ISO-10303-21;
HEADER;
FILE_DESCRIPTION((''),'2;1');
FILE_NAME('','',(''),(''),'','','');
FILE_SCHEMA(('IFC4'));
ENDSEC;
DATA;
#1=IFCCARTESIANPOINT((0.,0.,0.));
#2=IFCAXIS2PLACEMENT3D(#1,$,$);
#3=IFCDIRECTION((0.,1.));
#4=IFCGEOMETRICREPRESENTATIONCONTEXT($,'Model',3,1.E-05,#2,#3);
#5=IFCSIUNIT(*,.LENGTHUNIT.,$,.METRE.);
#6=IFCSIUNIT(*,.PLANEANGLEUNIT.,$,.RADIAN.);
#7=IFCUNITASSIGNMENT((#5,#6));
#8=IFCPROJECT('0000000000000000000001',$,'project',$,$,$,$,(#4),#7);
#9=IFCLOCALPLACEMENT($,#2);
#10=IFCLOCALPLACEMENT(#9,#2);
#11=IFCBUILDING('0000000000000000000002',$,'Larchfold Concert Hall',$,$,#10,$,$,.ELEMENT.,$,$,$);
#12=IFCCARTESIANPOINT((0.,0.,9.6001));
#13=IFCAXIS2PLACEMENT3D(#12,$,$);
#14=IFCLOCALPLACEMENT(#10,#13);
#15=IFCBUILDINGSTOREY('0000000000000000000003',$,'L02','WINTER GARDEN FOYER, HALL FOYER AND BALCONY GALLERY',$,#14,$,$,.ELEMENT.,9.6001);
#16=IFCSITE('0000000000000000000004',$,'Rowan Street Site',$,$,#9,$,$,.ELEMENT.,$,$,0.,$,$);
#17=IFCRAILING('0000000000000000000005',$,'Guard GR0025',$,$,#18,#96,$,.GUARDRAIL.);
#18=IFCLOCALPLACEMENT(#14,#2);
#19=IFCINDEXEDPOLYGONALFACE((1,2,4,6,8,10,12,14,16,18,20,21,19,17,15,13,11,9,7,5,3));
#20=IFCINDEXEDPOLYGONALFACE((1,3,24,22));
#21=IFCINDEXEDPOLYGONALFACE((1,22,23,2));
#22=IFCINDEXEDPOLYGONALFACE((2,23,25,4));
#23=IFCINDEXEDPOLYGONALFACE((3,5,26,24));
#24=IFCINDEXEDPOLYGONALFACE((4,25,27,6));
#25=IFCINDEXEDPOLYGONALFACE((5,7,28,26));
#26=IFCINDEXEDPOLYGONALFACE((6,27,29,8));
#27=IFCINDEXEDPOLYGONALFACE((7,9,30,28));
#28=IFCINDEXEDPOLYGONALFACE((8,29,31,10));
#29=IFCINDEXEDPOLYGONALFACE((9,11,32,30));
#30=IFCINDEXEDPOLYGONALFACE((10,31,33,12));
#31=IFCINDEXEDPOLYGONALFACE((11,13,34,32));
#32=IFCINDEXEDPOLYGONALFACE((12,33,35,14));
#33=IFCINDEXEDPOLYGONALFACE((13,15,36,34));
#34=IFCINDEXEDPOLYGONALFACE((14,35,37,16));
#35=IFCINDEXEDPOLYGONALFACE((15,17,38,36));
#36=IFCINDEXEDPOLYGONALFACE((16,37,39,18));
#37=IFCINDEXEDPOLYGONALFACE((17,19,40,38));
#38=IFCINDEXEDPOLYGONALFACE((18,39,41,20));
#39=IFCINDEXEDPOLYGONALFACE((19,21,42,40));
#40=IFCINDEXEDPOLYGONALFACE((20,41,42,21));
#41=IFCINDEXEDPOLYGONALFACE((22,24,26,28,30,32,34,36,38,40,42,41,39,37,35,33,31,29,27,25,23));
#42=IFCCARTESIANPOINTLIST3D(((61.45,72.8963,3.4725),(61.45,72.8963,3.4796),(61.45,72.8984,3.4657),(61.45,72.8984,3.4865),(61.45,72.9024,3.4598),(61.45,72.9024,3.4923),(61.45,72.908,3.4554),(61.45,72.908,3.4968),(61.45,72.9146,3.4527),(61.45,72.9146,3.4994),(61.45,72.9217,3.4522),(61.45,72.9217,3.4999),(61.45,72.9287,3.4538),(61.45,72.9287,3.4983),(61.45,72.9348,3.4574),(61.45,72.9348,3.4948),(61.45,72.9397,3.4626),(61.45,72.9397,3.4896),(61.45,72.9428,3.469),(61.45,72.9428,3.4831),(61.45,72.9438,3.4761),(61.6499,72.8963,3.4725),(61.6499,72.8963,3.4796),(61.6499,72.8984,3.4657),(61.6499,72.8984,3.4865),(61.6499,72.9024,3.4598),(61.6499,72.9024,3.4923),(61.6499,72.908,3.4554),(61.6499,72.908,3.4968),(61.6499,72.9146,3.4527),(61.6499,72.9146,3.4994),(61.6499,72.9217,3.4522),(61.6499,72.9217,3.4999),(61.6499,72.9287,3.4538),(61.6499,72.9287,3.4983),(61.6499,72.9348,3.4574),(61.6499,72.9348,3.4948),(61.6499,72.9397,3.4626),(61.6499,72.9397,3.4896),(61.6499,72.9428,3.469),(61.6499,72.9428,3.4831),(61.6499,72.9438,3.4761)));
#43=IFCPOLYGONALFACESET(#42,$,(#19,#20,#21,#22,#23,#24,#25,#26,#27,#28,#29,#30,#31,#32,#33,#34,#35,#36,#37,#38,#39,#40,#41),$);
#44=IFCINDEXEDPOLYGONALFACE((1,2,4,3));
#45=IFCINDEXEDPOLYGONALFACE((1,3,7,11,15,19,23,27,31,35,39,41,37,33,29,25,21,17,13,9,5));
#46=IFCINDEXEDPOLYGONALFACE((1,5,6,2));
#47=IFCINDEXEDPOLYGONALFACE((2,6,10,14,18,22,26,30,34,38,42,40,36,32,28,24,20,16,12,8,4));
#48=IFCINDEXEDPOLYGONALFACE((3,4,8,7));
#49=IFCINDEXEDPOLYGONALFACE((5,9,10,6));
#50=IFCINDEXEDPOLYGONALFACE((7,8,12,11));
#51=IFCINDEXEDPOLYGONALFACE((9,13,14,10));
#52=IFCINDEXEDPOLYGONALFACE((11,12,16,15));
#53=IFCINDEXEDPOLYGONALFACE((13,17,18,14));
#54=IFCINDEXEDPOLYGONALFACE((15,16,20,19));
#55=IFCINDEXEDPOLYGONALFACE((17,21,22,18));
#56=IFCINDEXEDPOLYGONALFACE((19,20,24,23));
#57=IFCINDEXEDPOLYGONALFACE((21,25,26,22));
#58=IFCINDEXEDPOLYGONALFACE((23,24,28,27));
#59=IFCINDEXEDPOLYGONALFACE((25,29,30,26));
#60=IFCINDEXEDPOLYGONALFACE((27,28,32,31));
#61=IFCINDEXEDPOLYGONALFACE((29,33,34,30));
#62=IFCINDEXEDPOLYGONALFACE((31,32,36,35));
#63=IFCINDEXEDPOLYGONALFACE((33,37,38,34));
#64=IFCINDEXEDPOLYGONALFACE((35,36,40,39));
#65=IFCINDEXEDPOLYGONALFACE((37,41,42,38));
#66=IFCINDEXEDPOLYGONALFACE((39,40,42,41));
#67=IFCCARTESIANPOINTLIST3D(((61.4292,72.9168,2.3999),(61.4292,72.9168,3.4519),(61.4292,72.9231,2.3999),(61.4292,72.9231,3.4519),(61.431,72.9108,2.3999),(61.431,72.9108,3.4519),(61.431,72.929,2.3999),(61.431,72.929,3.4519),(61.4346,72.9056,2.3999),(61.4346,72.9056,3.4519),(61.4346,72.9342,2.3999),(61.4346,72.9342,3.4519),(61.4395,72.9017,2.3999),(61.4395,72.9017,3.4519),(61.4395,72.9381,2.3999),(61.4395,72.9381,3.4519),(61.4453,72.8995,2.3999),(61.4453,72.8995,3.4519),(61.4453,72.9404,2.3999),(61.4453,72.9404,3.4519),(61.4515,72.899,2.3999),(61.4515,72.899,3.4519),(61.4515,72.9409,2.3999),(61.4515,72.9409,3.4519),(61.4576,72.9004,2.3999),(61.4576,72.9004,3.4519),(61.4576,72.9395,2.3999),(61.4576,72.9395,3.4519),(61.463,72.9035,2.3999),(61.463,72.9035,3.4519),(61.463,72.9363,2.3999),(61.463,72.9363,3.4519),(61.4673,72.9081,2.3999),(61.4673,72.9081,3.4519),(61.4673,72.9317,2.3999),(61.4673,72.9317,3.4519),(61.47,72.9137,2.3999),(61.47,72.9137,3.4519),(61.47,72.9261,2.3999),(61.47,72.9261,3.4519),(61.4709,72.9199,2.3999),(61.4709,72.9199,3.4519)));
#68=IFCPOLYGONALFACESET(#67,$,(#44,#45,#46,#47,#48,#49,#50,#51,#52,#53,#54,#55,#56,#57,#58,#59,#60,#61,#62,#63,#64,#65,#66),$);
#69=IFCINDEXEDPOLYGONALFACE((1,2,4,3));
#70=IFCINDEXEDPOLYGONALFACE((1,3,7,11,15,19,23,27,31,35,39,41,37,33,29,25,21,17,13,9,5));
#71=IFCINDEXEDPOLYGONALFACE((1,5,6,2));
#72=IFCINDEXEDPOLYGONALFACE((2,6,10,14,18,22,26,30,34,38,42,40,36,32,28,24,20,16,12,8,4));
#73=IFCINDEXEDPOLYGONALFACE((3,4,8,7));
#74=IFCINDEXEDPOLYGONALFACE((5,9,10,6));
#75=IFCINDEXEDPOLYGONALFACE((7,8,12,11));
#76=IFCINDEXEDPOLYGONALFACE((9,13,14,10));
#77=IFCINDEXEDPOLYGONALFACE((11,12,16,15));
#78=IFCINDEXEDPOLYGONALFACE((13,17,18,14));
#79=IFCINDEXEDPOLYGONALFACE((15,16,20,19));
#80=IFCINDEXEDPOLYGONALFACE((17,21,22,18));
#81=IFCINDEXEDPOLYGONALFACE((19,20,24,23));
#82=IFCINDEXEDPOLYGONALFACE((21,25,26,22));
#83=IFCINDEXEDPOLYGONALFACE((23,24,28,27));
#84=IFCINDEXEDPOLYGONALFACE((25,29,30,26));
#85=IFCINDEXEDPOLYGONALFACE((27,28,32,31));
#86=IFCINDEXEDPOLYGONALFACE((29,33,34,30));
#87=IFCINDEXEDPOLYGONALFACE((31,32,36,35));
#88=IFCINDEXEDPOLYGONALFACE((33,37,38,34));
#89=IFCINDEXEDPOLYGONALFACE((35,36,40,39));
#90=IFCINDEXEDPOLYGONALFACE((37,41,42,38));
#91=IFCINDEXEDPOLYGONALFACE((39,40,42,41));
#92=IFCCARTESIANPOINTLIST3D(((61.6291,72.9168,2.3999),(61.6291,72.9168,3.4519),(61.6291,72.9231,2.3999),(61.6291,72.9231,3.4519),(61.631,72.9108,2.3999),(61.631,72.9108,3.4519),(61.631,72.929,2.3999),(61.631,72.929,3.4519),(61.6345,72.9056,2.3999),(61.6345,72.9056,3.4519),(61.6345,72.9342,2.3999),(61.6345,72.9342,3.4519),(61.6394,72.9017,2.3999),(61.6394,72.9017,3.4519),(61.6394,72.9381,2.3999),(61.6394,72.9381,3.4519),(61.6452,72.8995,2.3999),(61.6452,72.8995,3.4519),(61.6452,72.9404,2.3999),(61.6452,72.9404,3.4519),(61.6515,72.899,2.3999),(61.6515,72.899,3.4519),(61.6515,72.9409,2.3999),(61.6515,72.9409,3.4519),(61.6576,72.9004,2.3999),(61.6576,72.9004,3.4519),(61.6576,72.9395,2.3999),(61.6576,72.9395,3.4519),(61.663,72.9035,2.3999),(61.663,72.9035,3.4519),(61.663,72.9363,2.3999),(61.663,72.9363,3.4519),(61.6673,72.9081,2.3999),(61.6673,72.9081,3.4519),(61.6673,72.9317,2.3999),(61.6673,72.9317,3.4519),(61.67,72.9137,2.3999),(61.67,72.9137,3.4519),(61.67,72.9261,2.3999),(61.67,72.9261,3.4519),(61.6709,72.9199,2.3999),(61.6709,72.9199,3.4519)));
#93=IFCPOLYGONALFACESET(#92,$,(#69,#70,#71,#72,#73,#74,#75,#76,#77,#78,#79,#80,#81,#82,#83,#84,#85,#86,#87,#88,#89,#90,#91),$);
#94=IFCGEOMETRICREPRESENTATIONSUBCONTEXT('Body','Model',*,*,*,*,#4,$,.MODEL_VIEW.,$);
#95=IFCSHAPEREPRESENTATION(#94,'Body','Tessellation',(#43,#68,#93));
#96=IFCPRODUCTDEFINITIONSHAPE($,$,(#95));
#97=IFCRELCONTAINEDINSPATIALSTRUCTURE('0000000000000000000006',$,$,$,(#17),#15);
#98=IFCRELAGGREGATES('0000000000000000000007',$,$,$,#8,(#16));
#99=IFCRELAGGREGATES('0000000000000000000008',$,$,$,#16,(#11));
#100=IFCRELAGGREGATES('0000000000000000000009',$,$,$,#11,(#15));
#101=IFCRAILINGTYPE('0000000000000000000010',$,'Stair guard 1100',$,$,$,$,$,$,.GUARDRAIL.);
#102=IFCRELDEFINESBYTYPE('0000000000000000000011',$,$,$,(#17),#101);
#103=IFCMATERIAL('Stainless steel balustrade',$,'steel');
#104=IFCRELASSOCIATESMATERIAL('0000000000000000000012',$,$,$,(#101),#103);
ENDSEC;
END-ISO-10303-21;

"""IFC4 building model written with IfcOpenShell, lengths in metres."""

from ifc_helpers import new_model, si_unit, direction, frame, origin, origin_2d, place, context, subcontext, project, spatial, circle, extrude, material, type_object, element, save


model = new_model("IFC4")

# Units and contexts
model_context = context("Model", 3, precision=1e-05, world=origin(), true_north=direction((0.0, 1.0)))
body_context = subcontext(model_context, "Body", "Model", "MODEL_VIEW")
ifc_project = project(units=[si_unit("LENGTHUNIT", "METRE"), si_unit("PLANEANGLEUNIT", "RADIAN")], contexts=[model_context])

# Site, building, storey
site_placement = place(None, origin())
site = spatial("IfcSite", under=ifc_project, at=site_placement, Name="Rowan Street Site", CompositionType="ELEMENT", RefElevation=0.0)
building_placement = place(site_placement, origin())
building = spatial("IfcBuilding", under=site, at=building_placement, Name="Larchfold Concert Hall", CompositionType="ELEMENT")
storey_placement = place(building_placement, frame((0.0, 0.0, 9.6001)))
storey = spatial("IfcBuildingStorey", under=building, at=storey_placement, Name="L02", Description="WINTER GARDEN FOYER, HALL FOYER AND BALCONY GALLERY", CompositionType="ELEMENT", Elevation=9.6001)

# Railing
ifc_material_1 = material(Name="Stainless steel balustrade", Category="steel")
railing_type_1 = type_object("IfcRailingType", Name="Stair guard 1100", PredefinedType="GUARDRAIL", material=ifc_material_1)
railing_1_placement = place(storey_placement, frame((61.45, 72.9199, 2.3999)))
element("IfcRailing", 1, at=railing_1_placement, inside=storey, type_object=railing_type_1, Name="Guard GR0025", PredefinedType="GUARDRAIL", context=body_context, shape_type="SweptSolid", body=[
    extrude(circle(Radius=0.0239, at=origin_2d()), frame((0.0, 0.0, 1.0762), z_axis=(1.0, 0.0, 0.0), x_axis=(0.0, 1.0, 0.0)), (0.0, 0.0, 1.0), 0.2),
    extrude(circle(Radius=0.021, at=origin_2d()), origin(), (0.0, 0.0, 1.0), 1.052),
    extrude(circle(Radius=0.021, at=origin_2d()), frame((0.2, 0.0, 0.0)), (0.0, 0.0, 1.0), 1.052),
])

save(model, "model.ifc")
